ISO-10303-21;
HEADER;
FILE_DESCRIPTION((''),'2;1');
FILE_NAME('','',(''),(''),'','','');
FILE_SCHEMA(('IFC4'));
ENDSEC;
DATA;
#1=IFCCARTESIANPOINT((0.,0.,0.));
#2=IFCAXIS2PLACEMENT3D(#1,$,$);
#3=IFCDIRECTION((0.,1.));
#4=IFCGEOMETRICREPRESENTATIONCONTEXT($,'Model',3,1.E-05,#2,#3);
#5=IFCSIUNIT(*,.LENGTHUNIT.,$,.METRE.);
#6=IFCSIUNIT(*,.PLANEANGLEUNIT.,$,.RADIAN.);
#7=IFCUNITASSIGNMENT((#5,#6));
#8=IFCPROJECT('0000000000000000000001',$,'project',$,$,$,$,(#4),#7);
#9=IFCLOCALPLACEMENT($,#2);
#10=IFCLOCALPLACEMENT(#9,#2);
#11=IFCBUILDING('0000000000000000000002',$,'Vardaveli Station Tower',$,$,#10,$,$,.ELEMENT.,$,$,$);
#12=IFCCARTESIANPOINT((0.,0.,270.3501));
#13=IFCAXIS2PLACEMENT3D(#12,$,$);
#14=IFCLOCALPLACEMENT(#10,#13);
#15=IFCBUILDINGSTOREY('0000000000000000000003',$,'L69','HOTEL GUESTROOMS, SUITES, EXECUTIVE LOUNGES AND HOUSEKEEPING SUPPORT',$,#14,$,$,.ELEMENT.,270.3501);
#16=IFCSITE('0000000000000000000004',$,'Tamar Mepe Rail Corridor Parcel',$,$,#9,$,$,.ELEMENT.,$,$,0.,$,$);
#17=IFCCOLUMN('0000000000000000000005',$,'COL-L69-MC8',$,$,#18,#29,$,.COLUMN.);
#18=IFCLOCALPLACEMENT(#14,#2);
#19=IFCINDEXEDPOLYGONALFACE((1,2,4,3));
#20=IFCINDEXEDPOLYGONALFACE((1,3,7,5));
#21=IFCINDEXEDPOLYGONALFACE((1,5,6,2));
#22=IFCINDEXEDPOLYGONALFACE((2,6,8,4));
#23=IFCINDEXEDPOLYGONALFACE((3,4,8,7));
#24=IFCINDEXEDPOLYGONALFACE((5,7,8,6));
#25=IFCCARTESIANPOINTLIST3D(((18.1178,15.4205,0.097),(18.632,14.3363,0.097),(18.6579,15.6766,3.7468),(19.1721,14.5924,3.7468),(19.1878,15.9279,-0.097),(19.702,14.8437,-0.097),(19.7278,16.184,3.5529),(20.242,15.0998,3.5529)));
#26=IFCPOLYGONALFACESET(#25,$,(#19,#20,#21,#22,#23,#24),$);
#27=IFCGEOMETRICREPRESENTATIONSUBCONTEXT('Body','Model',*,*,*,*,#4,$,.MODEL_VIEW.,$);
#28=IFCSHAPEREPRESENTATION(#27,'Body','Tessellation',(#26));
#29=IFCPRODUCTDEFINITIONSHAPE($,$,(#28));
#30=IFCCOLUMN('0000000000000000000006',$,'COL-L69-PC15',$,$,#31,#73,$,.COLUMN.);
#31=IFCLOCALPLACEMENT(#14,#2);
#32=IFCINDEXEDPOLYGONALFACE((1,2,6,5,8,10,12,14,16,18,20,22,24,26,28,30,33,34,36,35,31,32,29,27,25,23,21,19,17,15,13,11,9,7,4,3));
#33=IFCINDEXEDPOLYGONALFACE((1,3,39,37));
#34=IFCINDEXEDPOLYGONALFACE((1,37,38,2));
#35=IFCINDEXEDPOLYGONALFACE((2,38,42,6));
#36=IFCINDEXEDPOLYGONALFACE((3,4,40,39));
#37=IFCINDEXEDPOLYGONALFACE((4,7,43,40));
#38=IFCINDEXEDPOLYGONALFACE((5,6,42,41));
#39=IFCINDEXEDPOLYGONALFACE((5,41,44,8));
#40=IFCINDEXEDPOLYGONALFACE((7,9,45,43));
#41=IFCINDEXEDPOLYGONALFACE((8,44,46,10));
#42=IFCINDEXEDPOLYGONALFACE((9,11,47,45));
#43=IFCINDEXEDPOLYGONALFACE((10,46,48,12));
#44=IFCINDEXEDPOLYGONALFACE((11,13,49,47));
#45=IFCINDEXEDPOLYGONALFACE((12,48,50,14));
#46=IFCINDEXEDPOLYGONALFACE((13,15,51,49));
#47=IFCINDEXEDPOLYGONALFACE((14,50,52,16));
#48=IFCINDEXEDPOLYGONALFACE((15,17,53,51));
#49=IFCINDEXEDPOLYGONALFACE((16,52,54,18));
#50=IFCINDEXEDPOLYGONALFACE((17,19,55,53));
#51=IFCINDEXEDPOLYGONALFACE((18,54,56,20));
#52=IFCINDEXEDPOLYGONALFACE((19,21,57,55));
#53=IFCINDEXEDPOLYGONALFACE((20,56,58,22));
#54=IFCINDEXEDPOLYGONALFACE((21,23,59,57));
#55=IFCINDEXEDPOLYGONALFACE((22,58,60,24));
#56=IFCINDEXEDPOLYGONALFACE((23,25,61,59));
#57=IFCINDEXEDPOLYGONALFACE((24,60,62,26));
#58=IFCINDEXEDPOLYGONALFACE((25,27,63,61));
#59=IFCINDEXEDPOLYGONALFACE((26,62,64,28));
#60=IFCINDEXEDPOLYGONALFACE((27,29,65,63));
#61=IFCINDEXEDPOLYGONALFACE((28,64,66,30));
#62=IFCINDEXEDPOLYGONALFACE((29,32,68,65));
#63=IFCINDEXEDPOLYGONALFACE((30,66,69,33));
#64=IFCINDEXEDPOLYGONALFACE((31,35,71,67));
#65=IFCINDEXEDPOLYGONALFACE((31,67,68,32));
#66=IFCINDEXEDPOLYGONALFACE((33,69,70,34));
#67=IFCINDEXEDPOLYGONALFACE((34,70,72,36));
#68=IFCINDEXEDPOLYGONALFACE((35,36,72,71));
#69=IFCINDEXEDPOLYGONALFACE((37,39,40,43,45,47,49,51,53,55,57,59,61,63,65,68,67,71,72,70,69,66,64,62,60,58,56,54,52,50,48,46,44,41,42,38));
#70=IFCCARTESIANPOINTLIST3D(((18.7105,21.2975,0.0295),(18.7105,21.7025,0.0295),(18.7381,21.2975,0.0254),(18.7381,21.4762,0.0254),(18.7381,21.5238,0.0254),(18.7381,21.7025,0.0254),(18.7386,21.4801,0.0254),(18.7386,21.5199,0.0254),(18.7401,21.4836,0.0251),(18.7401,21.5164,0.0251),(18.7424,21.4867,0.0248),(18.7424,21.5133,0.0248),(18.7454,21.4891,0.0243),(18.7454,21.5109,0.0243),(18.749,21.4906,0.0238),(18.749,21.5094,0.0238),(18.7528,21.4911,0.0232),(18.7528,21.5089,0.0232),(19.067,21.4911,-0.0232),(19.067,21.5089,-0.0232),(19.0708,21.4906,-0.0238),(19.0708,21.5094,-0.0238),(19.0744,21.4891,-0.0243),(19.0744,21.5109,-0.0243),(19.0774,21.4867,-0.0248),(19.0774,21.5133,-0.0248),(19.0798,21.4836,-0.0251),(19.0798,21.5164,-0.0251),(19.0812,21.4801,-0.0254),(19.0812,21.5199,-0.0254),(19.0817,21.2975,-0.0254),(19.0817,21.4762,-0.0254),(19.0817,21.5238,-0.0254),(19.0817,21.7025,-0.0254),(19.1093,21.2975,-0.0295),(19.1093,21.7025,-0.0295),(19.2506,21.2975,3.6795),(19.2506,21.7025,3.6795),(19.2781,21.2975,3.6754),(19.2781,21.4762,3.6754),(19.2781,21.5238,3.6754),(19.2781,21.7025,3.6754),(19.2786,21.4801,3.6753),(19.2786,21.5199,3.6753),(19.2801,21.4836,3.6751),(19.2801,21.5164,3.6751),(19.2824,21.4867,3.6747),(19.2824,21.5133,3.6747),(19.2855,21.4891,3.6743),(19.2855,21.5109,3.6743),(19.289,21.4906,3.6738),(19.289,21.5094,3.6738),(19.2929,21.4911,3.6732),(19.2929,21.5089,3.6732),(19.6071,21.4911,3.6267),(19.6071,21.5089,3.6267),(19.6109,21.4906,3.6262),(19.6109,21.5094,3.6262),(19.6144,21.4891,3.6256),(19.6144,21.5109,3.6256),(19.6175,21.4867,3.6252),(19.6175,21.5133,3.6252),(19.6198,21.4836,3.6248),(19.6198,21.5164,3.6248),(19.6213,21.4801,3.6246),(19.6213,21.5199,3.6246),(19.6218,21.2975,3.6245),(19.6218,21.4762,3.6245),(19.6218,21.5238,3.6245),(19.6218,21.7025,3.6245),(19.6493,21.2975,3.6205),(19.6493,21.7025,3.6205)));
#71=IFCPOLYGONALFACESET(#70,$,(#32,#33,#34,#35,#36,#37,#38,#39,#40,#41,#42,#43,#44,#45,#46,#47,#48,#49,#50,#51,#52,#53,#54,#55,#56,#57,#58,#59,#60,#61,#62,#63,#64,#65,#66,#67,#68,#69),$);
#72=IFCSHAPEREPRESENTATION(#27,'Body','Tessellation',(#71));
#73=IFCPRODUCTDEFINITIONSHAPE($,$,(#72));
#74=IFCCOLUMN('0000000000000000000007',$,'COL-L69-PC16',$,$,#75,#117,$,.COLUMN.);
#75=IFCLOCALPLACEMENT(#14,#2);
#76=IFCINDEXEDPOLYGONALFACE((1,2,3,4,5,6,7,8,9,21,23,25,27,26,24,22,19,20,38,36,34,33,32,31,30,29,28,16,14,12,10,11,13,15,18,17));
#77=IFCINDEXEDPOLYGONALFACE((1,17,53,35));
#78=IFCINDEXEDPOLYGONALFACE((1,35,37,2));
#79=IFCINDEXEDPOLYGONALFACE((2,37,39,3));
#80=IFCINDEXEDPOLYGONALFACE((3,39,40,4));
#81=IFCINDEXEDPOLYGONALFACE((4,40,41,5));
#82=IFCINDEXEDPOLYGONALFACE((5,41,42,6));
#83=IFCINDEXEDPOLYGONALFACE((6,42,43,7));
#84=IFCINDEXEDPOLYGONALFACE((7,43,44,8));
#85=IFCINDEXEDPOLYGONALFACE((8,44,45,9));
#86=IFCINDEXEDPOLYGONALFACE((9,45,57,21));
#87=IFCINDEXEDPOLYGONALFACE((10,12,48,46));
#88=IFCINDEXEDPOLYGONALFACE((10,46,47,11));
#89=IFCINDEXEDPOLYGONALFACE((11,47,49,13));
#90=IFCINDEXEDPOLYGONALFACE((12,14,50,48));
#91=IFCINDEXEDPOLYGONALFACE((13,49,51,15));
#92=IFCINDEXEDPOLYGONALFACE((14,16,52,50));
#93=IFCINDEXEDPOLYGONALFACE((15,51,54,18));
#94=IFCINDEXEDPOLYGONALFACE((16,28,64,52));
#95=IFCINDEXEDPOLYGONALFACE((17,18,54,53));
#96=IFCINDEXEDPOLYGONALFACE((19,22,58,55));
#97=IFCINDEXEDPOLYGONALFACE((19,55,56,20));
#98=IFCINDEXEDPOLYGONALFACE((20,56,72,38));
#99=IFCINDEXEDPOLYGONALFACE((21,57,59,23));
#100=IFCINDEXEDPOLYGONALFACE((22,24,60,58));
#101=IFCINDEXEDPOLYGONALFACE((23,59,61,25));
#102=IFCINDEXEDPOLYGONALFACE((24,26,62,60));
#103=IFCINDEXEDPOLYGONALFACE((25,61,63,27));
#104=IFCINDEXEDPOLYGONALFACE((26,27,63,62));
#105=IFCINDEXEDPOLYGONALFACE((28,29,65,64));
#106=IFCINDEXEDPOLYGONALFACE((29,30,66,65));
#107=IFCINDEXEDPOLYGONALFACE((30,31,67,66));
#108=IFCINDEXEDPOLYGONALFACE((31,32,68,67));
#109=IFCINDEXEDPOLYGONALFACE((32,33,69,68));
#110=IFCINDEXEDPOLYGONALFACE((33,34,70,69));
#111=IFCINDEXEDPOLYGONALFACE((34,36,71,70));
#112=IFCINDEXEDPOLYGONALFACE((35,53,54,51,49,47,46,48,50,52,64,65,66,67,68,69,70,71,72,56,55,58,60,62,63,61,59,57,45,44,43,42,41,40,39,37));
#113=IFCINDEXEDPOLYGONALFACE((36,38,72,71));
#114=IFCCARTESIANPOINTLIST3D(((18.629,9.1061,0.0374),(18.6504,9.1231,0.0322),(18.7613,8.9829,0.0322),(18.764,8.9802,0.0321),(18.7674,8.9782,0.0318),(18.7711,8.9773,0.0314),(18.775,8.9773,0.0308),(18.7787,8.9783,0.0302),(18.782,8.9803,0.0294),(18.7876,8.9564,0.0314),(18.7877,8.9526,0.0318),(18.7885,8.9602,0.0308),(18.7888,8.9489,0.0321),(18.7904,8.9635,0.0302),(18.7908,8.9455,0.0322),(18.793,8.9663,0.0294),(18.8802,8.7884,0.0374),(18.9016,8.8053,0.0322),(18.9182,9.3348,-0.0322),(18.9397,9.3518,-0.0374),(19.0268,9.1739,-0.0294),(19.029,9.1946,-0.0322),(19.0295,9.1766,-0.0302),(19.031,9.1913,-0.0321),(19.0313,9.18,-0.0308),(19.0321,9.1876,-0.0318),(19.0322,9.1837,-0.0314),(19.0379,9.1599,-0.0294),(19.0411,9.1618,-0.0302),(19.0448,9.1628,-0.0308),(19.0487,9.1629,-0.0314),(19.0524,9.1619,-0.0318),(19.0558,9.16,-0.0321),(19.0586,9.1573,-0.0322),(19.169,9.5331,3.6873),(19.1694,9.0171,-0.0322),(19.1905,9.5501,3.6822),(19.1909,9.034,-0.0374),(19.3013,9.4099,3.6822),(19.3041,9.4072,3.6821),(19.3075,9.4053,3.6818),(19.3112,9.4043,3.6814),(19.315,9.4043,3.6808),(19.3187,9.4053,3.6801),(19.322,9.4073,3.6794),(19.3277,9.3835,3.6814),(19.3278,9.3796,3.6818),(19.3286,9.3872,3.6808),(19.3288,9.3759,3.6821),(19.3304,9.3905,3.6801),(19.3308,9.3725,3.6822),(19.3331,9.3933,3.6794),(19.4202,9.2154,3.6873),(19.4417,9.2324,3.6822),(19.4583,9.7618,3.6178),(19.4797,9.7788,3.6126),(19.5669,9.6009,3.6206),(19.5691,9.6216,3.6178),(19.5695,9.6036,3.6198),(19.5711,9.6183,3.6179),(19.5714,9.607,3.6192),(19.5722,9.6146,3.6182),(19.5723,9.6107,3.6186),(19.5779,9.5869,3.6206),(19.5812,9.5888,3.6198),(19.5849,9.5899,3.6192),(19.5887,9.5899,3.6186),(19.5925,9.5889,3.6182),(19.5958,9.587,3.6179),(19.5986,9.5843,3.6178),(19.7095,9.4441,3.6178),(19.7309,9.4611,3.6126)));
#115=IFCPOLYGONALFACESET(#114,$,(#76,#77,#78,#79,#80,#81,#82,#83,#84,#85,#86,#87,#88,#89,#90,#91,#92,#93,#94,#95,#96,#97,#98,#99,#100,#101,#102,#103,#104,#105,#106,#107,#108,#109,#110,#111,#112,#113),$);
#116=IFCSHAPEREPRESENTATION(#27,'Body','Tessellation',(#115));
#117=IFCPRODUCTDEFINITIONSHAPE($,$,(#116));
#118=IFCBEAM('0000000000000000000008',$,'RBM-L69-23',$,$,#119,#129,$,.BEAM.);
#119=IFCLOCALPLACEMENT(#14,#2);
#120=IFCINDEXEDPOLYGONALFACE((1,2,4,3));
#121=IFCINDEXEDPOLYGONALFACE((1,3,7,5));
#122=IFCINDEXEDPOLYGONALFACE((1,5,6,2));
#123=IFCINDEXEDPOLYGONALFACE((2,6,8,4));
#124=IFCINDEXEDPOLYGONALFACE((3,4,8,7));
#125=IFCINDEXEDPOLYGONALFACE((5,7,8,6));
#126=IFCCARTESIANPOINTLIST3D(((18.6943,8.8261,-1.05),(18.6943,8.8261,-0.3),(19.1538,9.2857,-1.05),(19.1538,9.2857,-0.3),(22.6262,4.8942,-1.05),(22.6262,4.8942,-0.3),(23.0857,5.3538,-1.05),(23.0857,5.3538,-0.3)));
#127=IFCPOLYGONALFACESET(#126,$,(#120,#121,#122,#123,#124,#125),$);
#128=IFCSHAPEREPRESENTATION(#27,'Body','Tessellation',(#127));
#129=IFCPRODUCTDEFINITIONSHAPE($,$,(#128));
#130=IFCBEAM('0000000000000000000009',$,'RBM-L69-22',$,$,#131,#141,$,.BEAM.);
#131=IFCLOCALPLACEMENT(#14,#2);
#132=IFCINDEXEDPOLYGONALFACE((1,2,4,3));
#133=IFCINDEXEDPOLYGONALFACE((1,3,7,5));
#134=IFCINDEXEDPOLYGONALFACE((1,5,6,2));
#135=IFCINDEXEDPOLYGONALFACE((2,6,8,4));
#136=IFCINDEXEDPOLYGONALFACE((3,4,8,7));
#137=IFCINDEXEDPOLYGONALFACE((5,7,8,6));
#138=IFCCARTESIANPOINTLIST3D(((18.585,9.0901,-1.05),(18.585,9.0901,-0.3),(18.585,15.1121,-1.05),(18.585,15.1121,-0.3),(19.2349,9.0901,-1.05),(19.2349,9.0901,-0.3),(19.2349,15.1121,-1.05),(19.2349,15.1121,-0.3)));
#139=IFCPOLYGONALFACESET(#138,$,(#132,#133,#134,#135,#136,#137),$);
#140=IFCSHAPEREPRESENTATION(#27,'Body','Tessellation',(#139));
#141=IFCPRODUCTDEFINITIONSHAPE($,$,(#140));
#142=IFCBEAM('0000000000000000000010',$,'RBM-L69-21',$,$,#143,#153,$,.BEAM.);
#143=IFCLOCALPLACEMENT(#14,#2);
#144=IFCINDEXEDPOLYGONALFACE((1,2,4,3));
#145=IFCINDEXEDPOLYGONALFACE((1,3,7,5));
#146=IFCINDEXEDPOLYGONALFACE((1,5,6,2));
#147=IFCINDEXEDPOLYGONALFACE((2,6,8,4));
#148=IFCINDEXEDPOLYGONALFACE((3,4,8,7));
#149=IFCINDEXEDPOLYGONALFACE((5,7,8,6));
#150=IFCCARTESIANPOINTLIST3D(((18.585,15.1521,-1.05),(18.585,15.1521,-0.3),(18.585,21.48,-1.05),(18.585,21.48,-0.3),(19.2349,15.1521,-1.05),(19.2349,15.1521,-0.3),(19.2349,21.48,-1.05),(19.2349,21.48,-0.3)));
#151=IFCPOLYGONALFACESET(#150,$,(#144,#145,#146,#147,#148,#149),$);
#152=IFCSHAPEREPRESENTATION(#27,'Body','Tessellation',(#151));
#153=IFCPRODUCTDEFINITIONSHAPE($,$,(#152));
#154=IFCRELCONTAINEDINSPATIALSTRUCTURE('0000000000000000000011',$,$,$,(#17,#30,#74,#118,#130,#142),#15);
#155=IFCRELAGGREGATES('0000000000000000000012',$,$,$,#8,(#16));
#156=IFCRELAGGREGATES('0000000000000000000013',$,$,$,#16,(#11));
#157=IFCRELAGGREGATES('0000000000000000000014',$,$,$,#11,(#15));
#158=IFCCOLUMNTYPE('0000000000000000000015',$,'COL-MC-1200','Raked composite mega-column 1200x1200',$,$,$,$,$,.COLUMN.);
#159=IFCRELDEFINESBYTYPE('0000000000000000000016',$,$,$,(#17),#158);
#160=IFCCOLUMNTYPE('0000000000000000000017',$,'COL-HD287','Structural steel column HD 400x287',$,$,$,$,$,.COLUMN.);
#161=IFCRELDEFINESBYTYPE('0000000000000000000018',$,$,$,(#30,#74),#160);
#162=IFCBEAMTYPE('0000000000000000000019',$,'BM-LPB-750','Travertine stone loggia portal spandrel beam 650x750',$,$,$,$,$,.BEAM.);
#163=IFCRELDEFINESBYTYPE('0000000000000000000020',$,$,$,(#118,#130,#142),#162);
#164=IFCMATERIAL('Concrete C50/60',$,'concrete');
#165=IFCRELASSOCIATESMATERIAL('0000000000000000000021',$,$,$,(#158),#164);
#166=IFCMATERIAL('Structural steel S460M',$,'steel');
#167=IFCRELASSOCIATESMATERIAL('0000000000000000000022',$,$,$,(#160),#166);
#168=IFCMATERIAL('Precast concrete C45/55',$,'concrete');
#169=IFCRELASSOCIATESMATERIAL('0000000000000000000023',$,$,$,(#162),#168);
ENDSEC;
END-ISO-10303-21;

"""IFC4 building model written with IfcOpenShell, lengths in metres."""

from ifc_helpers import new_model, si_unit, direction, frame, origin, origin_2d, place, context, subcontext, project, spatial, rectangle, i_section, extrude, source, transform, mapped, material, material_profile, profile_set, type_object, element, save


model = new_model("IFC4")

# Units and contexts
model_context = context("Model", 3, precision=1e-05, world=origin(), true_north=direction((0.0, 1.0)))
body_context = subcontext(model_context, "Body", "Model", "MODEL_VIEW")
ifc_project = project(units=[si_unit("LENGTHUNIT", "METRE"), si_unit("PLANEANGLEUNIT", "RADIAN")], contexts=[model_context])

# Site, building, storey
site_placement = place(None, origin())
site = spatial("IfcSite", under=ifc_project, at=site_placement, Name="Tamar Mepe Rail Corridor Parcel", CompositionType="ELEMENT", RefElevation=0.0)
building_placement = place(site_placement, origin())
building = spatial("IfcBuilding", under=site, at=building_placement, Name="Vardaveli Station Tower", CompositionType="ELEMENT")
storey_placement = place(building_placement, frame((0.0, 0.0, 270.3501)))
storey = spatial("IfcBuildingStorey", under=building, at=storey_placement, Name="L69", Description="HOTEL GUESTROOMS, SUITES, EXECUTIVE LOUNGES AND HOUSEKEEPING SUPPORT", CompositionType="ELEMENT", Elevation=270.3501)

# Columns
ifc_material_1 = material(Name="Concrete C50/60", Category="concrete")
ifc_material_profile_1 = material_profile(ifc_material_1, rectangle(XDim=1.2, YDim=1.2, at=origin_2d()), Name="MC 1200x1200")
ifc_profile_set_1 = profile_set([ifc_material_profile_1], Name="Concrete C50/60")
column_type_1 = type_object("IfcColumnType", Name="COL-MC-1200", Description="Raked composite mega-column 1200x1200", PredefinedType="COLUMN", material=ifc_profile_set_1)
shared_shape_1 = source(origin(), body_context, "Body", "SweptSolid", [
    extrude(rectangle(XDim=1.2, YDim=1.2, at=origin_2d()), origin(), (0.0, 0.0, 1.0), 3.6985),
])
column_1_placement = place(storey_placement, frame((18.9099, 15.1321, 0.0), z_axis=(0.146015, 0.069245, 0.986856), x_axis=(-0.42849, 0.903546, 0.0)))
element("IfcColumn", 1, at=column_1_placement, inside=storey, type_object=column_type_1, Name="COL-L69-MC8", PredefinedType="COLUMN", context=body_context, shape_type="MappedRepresentation", body=[
    mapped(shared_shape_1, transform((0.0, 0.0, 0.0), scale=1.0)),
])
ifc_material_2 = material(Name="Structural steel S460M", Category="steel")
ifc_material_profile_2 = material_profile(ifc_material_2, i_section(OverallWidth=0.405, OverallDepth=0.4031, WebThickness=0.0178, FlangeThickness=0.0278, FilletRadius=0.0149, at=origin_2d()), Name="HD 400x287")
ifc_profile_set_2 = profile_set([ifc_material_profile_2], Name="Structural steel S460M")
column_type_2 = type_object("IfcColumnType", Name="COL-HD287", Description="Structural steel column HD 400x287", PredefinedType="COLUMN", material=ifc_profile_set_2)
shared_shape_2 = source(origin(), body_context, "Body", "SweptSolid", [
    extrude(i_section(OverallWidth=0.405, OverallDepth=0.4031, WebThickness=0.0178, FlangeThickness=0.0278, FilletRadius=0.0149, at=origin_2d()), origin(), (0.0, 0.0, 1.0), 3.6897),
])
column_2_placement = place(storey_placement, frame((18.9099, 21.5, 0.0), z_axis=(0.146366, 0.0, 0.98923), x_axis=(0.0, 1.0, 0.0)))
element("IfcColumn", 2, at=column_2_placement, inside=storey, type_object=column_type_2, Name="COL-L69-PC15", PredefinedType="COLUMN", context=body_context, shape_type="MappedRepresentation", body=[
    mapped(shared_shape_2, transform((0.0, 0.0, 0.0), scale=1.0)),
])
shared_shape_3 = source(origin(), body_context, "Body", "SweptSolid", [
    extrude(i_section(OverallWidth=0.405, OverallDepth=0.4031, WebThickness=0.0178, FlangeThickness=0.0278, FilletRadius=0.0149, at=origin_2d()), origin(), (0.0, 0.0, 1.0), 3.7144),
])
column_3_placement = place(storey_placement, frame((18.9099, 9.0701, 0.0), z_axis=(0.145396, 0.114963, 0.982672), x_axis=(-0.620231, 0.78442, 0.0)))
element("IfcColumn", 3, at=column_3_placement, inside=storey, type_object=column_type_2, Name="COL-L69-PC16", PredefinedType="COLUMN", context=body_context, shape_type="MappedRepresentation", body=[
    mapped(shared_shape_3, transform((0.0, 0.0, 0.0), scale=1.0)),
])

# Beams
ifc_material_3 = material(Name="Precast concrete C45/55", Category="concrete")
ifc_material_profile_3 = material_profile(ifc_material_3, rectangle(XDim=0.6499, YDim=0.75, at=origin_2d()), Name="LPB 650x750")
ifc_profile_set_3 = profile_set([ifc_material_profile_3], Name="Precast concrete C45/55")
beam_type_1 = type_object("IfcBeamType", Name="BM-LPB-750", Description="Travertine stone loggia portal spandrel beam 650x750", PredefinedType="BEAM", material=ifc_profile_set_3)
shared_shape_4 = source(origin(), body_context, "Body", "SweptSolid", [
    extrude(rectangle(XDim=0.6499, YDim=0.75, at=origin_2d()), origin(), (0.0, 0.0, 1.0), 5.5605),
])
beam_1_placement = place(storey_placement, frame((18.9241, 9.0559, -0.675), z_axis=(0.707107, -0.707107, 0.0), x_axis=(0.707107, 0.707107, 0.0)))
element("IfcBeam", 4, at=beam_1_placement, inside=storey, type_object=beam_type_1, Name="RBM-L69-23", PredefinedType="BEAM", context=body_context, shape_type="MappedRepresentation", body=[
    mapped(shared_shape_4, transform((0.0, 0.0, 0.0), scale=1.0)),
])
shared_shape_5 = source(origin(), body_context, "Body", "SweptSolid", [
    extrude(rectangle(XDim=0.6499, YDim=0.75, at=origin_2d()), origin(), (0.0, 0.0, 1.0), 6.022),
])
beam_2_placement = place(storey_placement, frame((18.9099, 15.1121, -0.675), z_axis=(0.0, -1.0, 0.0), x_axis=(1.0, 0.0, 0.0)))
element("IfcBeam", 5, at=beam_2_placement, inside=storey, type_object=beam_type_1, Name="RBM-L69-22", PredefinedType="BEAM", context=body_context, shape_type="MappedRepresentation", body=[
    mapped(shared_shape_5, transform((0.0, 0.0, 0.0), scale=1.0)),
])
shared_shape_6 = source(origin(), body_context, "Body", "SweptSolid", [
    extrude(rectangle(XDim=0.6499, YDim=0.75, at=origin_2d()), origin(), (0.0, 0.0, 1.0), 6.3279),
])
beam_3_placement = place(storey_placement, frame((18.9099, 21.48, -0.675), z_axis=(0.0, -1.0, 0.0), x_axis=(1.0, 0.0, 0.0)))
element("IfcBeam", 6, at=beam_3_placement, inside=storey, type_object=beam_type_1, Name="RBM-L69-21", PredefinedType="BEAM", context=body_context, shape_type="MappedRepresentation", body=[
    mapped(shared_shape_6, transform((0.0, 0.0, 0.0), scale=1.0)),
])

save(model, "model.ifc")
